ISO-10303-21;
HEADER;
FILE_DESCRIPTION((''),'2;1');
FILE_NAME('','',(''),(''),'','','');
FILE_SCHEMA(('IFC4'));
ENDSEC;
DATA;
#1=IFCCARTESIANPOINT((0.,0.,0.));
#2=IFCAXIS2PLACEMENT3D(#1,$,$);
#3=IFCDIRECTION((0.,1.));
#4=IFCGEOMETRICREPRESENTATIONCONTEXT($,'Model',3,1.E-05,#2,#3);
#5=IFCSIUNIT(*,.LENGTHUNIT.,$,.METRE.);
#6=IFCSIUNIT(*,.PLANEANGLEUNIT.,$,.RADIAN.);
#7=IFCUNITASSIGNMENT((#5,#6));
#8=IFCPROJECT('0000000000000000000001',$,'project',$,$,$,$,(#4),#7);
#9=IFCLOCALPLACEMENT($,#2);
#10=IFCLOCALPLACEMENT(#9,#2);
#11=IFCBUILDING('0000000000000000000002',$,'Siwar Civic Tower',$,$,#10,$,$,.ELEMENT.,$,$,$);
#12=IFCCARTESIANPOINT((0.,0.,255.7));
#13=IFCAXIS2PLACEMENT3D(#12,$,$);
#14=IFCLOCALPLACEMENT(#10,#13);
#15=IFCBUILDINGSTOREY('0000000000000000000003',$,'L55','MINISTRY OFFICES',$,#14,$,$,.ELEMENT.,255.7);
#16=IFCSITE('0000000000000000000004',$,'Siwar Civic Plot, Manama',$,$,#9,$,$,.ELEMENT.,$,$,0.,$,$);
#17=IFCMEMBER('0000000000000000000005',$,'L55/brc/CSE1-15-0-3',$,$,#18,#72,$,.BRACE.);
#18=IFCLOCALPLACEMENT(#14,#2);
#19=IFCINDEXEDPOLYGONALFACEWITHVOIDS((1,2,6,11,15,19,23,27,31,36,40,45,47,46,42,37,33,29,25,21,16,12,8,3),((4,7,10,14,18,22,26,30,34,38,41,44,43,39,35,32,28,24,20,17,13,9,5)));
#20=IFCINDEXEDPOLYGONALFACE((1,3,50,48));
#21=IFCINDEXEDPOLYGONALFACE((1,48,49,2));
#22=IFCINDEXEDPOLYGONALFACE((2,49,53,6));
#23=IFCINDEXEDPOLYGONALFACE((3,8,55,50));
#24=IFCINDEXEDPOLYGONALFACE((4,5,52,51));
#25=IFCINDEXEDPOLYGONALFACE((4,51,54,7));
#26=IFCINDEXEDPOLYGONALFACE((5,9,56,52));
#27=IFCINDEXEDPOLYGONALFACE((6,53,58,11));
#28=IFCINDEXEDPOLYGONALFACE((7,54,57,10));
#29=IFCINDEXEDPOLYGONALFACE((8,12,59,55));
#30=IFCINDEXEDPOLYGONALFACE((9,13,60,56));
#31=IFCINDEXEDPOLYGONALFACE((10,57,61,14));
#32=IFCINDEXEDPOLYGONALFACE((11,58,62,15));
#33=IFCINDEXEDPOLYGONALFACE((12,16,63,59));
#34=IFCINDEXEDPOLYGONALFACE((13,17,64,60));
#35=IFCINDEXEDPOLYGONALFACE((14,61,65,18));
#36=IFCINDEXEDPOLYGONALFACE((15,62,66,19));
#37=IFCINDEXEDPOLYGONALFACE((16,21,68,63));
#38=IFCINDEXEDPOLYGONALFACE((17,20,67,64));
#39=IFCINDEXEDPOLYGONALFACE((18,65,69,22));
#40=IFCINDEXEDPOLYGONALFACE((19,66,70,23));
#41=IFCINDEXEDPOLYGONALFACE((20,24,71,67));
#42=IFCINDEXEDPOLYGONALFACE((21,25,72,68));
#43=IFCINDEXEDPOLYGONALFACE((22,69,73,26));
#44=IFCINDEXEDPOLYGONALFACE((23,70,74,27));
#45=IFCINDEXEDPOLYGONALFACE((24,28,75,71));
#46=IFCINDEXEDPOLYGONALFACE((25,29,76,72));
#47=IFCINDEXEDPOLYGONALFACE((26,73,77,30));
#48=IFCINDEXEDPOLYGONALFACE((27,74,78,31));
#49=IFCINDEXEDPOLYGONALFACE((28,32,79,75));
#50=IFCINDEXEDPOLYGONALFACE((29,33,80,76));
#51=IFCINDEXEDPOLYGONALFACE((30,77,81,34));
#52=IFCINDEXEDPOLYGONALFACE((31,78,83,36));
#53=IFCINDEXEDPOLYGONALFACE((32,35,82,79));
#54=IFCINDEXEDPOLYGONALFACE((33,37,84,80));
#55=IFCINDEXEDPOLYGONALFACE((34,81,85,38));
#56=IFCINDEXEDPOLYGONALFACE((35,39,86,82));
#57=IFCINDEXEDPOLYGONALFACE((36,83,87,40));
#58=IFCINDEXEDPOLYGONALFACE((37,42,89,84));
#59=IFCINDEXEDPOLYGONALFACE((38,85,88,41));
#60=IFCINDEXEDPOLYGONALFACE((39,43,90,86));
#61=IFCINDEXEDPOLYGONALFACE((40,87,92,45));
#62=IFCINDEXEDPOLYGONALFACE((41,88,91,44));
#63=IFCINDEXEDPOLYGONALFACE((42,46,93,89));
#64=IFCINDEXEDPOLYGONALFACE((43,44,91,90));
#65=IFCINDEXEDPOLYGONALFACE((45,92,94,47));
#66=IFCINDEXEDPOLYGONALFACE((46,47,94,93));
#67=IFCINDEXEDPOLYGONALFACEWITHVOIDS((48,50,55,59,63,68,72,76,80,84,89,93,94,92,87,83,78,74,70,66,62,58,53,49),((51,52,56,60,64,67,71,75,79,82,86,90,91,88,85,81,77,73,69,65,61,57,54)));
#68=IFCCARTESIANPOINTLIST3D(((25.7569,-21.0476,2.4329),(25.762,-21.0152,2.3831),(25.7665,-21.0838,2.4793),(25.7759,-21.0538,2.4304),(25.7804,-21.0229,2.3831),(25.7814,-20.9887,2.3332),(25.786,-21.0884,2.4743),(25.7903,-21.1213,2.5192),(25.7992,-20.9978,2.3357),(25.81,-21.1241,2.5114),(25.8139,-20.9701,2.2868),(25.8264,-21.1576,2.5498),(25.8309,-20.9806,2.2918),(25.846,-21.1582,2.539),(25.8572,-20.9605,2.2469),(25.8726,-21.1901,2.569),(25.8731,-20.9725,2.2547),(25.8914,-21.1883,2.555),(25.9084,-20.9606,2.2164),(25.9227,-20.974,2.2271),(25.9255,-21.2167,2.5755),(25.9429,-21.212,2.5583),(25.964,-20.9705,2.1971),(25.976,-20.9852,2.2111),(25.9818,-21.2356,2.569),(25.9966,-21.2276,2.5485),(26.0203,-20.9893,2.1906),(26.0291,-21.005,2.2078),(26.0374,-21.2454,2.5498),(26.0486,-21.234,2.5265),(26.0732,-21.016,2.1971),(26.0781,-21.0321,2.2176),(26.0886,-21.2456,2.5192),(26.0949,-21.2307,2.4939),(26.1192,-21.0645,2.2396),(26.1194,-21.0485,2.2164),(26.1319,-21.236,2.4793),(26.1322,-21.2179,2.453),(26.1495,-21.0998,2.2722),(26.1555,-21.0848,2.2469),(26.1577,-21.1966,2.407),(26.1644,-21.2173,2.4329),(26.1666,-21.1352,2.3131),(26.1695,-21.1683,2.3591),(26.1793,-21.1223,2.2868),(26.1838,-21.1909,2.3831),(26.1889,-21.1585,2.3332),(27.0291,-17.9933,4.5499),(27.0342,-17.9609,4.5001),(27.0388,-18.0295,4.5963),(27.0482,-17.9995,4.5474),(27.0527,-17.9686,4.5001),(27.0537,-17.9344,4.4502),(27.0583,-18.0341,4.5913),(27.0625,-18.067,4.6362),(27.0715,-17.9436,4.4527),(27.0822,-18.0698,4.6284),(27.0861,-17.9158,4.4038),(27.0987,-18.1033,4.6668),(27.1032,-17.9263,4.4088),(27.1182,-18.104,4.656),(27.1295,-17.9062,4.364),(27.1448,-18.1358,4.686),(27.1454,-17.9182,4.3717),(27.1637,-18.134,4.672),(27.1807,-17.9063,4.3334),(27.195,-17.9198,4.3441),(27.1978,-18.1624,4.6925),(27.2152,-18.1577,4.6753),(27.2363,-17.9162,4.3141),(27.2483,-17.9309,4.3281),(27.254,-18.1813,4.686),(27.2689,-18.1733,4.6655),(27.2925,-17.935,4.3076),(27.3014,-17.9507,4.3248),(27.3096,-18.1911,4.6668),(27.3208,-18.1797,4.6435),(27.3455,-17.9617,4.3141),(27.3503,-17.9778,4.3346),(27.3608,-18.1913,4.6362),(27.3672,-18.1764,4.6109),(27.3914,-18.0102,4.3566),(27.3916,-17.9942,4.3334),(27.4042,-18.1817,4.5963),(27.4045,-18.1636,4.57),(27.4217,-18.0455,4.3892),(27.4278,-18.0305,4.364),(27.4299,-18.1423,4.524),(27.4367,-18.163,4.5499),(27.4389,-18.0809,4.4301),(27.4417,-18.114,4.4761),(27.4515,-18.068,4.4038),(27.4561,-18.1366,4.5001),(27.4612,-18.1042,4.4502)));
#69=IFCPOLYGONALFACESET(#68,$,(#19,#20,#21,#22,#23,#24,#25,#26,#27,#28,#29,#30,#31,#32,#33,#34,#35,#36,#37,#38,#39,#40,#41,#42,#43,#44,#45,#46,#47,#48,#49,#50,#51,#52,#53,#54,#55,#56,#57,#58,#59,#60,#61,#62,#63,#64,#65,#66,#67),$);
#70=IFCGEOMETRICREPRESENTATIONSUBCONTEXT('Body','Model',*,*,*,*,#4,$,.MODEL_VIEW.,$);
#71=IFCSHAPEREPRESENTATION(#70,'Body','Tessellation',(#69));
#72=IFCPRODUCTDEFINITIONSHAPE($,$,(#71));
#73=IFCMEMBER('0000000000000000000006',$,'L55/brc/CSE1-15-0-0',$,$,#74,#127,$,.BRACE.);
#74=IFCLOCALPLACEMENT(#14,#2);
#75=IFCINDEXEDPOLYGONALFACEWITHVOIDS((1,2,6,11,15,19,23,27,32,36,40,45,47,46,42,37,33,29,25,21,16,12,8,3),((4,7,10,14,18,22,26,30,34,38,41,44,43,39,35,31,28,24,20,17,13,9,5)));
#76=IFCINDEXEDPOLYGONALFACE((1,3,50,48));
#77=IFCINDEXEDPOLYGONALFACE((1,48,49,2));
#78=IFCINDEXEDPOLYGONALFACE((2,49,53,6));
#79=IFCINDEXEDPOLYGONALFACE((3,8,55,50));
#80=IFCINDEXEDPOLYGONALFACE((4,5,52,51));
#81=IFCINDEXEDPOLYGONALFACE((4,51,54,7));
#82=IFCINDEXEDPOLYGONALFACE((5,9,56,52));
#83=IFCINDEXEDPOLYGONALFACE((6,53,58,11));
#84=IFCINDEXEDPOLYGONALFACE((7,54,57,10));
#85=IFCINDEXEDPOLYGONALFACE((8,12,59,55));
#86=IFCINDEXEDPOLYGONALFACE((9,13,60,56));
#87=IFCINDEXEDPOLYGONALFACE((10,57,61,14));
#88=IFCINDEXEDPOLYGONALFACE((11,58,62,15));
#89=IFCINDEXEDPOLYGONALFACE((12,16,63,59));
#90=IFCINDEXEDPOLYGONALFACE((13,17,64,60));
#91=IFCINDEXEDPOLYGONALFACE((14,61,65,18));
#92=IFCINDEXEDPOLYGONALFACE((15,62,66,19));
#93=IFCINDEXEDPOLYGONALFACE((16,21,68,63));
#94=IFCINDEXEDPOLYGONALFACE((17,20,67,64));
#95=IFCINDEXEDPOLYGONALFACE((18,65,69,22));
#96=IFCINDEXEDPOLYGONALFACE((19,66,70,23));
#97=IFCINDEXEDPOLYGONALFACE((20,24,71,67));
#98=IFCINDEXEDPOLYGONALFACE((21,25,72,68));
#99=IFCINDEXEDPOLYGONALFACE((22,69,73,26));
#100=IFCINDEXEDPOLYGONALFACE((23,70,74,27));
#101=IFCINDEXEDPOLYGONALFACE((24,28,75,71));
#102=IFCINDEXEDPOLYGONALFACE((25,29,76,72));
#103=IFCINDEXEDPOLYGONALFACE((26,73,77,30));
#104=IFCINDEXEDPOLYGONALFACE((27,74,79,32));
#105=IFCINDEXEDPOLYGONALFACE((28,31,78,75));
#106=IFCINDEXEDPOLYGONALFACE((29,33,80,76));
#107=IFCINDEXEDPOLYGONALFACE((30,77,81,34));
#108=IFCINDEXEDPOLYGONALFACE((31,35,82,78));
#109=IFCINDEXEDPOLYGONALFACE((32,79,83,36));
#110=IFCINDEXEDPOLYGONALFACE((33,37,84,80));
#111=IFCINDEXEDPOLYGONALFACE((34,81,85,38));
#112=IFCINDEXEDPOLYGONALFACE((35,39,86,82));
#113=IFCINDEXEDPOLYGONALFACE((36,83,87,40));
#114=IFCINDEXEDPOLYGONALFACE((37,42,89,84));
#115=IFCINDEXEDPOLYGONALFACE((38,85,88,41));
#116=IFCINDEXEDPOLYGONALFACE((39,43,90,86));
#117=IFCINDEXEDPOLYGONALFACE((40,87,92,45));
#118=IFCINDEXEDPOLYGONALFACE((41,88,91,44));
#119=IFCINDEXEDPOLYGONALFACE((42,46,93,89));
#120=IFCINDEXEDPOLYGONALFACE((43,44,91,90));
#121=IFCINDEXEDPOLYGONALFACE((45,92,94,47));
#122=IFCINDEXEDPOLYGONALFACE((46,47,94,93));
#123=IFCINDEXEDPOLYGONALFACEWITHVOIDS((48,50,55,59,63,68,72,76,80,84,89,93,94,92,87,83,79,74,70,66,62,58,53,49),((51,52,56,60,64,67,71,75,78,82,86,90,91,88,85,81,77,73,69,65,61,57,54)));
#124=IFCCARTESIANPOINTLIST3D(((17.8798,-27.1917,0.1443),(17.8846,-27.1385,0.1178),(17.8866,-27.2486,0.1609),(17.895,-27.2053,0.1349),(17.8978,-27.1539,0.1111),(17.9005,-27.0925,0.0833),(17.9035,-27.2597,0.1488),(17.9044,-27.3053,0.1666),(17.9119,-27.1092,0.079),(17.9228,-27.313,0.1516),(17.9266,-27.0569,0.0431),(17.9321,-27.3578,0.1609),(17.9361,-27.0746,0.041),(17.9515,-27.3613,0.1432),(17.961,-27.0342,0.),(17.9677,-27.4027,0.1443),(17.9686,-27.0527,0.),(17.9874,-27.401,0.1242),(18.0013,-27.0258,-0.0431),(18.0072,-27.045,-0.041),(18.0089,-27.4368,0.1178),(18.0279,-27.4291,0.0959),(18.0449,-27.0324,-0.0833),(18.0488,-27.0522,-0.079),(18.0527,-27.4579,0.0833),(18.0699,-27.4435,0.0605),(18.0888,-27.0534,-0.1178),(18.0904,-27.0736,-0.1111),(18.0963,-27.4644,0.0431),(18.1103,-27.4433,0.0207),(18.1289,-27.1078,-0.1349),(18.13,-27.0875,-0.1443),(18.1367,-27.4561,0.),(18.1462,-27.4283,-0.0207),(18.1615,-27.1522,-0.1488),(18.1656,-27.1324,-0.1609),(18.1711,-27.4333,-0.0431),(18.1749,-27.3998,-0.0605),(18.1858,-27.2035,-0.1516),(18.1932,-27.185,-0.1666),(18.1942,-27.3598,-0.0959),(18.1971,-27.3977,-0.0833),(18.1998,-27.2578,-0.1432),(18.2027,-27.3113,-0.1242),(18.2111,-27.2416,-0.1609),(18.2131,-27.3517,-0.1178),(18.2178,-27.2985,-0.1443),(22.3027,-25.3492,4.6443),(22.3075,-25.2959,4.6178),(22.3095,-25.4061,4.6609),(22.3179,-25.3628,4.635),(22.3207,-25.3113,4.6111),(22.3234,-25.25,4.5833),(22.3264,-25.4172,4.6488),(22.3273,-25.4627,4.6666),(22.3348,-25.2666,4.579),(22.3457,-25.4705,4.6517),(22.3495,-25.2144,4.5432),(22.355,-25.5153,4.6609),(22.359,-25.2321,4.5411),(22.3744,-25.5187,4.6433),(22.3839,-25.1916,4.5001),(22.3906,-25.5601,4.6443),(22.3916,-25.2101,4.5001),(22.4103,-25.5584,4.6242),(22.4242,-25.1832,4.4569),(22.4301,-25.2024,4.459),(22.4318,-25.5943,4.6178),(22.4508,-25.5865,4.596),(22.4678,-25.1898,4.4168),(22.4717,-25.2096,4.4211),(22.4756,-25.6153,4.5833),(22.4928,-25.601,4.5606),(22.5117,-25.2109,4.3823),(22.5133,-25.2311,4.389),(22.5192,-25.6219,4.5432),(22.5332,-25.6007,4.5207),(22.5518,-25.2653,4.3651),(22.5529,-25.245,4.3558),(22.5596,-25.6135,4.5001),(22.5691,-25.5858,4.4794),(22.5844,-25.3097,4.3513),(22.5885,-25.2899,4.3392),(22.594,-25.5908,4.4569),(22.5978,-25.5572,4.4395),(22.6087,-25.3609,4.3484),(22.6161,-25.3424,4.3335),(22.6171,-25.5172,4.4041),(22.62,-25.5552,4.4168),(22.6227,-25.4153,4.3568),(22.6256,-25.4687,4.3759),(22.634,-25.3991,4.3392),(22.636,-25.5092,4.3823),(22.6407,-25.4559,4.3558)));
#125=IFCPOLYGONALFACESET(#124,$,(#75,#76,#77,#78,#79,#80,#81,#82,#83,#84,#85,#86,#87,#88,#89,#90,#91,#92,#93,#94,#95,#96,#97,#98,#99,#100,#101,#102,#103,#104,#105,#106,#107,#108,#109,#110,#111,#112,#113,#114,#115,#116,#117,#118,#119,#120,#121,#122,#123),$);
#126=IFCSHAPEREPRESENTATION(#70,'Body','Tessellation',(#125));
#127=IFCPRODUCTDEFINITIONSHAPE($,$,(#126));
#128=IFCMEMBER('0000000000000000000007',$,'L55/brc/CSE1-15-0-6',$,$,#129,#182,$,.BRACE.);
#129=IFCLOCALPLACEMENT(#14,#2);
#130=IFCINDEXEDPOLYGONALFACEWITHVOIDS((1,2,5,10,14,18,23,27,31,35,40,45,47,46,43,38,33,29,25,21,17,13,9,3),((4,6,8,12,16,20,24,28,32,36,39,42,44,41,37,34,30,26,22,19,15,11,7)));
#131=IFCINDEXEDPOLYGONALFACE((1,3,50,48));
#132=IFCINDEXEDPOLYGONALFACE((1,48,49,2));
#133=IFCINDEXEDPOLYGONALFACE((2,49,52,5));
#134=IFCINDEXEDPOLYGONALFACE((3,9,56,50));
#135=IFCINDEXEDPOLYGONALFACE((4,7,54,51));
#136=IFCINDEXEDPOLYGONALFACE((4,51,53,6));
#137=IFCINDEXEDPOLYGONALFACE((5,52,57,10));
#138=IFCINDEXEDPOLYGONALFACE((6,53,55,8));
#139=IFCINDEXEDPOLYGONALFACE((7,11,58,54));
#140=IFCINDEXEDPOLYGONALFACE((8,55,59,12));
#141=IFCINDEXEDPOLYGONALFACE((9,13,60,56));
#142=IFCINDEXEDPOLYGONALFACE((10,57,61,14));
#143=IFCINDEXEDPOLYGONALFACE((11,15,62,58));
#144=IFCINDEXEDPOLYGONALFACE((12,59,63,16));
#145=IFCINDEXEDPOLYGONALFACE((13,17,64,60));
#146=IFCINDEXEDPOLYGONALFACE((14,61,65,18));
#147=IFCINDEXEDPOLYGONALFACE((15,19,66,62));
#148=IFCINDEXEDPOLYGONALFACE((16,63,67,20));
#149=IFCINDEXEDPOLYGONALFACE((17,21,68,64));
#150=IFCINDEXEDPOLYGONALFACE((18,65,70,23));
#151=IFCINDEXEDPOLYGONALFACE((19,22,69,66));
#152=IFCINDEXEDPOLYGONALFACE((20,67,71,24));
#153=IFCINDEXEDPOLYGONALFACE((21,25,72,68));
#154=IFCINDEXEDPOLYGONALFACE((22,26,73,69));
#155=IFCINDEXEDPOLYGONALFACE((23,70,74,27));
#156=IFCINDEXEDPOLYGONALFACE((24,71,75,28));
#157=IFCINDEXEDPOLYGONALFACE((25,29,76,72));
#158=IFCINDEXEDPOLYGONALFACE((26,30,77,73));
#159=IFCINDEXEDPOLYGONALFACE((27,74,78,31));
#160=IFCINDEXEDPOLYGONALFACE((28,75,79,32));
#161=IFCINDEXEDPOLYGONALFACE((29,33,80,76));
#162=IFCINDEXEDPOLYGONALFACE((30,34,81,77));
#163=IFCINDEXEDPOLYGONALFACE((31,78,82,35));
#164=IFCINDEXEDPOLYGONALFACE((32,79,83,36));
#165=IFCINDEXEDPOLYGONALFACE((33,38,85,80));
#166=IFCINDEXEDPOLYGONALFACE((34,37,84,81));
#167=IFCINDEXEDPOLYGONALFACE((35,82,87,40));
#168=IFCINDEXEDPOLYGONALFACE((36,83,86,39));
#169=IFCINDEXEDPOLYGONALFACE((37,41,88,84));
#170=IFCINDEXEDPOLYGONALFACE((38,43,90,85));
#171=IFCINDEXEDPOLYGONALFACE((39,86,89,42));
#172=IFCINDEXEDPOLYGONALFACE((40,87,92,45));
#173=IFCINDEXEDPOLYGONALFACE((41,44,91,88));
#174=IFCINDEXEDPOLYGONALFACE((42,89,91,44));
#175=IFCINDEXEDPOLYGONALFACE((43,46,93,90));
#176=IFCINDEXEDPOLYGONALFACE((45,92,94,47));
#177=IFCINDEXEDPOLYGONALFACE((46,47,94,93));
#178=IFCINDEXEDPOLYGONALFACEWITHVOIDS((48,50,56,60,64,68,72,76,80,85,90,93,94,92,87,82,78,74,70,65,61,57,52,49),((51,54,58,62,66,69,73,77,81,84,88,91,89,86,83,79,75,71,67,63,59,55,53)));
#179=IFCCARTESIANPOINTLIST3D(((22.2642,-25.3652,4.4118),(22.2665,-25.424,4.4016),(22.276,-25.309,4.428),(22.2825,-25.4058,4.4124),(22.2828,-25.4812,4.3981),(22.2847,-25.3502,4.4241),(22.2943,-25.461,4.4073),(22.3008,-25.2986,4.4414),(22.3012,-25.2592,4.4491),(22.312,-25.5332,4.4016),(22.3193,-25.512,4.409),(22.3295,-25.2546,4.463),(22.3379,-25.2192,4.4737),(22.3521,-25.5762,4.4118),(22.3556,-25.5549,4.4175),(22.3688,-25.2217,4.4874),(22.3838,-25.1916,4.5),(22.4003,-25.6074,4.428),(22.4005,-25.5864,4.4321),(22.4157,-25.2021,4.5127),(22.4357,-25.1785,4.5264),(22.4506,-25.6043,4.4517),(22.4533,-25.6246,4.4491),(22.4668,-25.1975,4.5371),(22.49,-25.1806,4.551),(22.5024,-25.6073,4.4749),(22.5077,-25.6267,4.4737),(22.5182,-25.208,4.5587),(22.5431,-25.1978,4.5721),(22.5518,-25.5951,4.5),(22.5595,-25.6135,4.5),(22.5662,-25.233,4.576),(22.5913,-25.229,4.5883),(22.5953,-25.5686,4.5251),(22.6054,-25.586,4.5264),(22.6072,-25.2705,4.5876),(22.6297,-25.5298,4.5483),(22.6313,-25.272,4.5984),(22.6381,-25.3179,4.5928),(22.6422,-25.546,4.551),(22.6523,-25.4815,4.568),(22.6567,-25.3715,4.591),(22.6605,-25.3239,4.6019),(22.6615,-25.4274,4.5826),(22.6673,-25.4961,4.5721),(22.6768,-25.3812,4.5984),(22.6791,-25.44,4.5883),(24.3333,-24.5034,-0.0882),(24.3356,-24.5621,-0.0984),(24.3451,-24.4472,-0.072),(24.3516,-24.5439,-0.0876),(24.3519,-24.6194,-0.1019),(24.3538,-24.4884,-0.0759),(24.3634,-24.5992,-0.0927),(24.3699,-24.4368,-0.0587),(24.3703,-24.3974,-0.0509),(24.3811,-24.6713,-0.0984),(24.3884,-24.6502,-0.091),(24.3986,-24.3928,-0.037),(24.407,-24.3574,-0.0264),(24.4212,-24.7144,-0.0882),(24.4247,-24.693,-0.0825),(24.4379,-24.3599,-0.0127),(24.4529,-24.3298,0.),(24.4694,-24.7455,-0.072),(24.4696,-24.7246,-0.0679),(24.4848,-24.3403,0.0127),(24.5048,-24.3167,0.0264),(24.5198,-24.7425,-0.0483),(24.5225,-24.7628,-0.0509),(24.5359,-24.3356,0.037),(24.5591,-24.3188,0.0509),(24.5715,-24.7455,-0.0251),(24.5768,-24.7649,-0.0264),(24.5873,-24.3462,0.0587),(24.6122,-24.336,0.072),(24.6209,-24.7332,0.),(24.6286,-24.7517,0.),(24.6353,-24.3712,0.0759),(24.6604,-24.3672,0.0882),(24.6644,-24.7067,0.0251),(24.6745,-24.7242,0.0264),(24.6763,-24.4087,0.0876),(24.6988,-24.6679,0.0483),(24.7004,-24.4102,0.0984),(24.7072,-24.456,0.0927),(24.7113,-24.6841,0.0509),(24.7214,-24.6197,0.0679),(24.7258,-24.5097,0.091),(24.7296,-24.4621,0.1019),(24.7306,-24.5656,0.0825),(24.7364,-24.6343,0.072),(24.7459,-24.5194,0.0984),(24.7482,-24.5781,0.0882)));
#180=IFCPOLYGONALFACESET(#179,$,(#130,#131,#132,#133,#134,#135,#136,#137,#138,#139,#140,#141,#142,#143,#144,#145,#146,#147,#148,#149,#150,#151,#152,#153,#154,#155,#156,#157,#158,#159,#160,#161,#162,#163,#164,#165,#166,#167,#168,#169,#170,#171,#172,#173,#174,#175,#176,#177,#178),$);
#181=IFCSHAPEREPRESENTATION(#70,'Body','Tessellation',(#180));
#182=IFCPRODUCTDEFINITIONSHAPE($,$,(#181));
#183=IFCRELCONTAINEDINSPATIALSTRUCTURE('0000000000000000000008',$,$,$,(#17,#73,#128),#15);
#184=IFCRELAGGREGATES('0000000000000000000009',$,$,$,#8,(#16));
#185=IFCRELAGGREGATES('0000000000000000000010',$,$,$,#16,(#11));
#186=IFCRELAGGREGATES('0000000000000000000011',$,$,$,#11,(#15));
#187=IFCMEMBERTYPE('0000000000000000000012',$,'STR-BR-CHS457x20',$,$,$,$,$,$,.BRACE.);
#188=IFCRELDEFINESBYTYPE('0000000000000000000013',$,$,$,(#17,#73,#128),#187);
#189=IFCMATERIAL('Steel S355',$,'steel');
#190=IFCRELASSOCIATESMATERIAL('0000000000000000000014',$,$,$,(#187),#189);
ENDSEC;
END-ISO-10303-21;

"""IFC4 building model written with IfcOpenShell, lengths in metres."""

from ifc_helpers import new_model, si_unit, direction, frame, origin, origin_2d, place, context, subcontext, project, spatial, hollow_circle, extrude, material, material_profile, profile_set, type_object, element, save


model = new_model("IFC4")

# Units and contexts
model_context = context("Model", 3, precision=1e-05, world=origin(), true_north=direction((0.0, 1.0)))
body_context = subcontext(model_context, "Body", "Model", "MODEL_VIEW")
ifc_project = project(units=[si_unit("LENGTHUNIT", "METRE"), si_unit("PLANEANGLEUNIT", "RADIAN")], contexts=[model_context])

# Site, building, storey
site_placement = place(None, origin())
site = spatial("IfcSite", under=ifc_project, at=site_placement, Name="Siwar Civic Plot, Manama", CompositionType="ELEMENT", RefElevation=0.0)
building_placement = place(site_placement, origin())
building = spatial("IfcBuilding", under=site, at=building_placement, Name="Siwar Civic Tower", CompositionType="ELEMENT")
storey_placement = place(building_placement, frame((0.0, 0.0, 255.7)))
storey = spatial("IfcBuildingStorey", under=building, at=storey_placement, Name="L55", Description="MINISTRY OFFICES", CompositionType="ELEMENT", Elevation=255.7)

# Members
ifc_material_1 = material(Name="Steel S355", Category="steel")
ifc_material_profile_1 = material_profile(ifc_material_1, hollow_circle(Radius=0.2285, WallThickness=0.02, at=origin_2d()), Name="CHS457x20")
ifc_profile_set_1 = profile_set([ifc_material_profile_1], Name="Steel S355")
member_type_1 = type_object("IfcMemberType", Name="STR-BR-CHS457x20", PredefinedType="BRACE", material=ifc_profile_set_1)
for number, where, z_axis, x_axis, name in (
    (1, (25.9729, -21.103, 2.3831), (0.323895, 0.777572, 0.538955), (-0.923116, 0.384521, 0.0), "L55/brc/CSE1-15-0-3"),
):
    element("IfcMember", number, at=place(storey_placement, frame(where, z_axis=z_axis, x_axis=x_axis)), inside=storey, type_object=member_type_1, Name=name, PredefinedType="BRACE", context=body_context, shape_type="SweptSolid", body=[
        extrude(hollow_circle(Radius=0.2285, WallThickness=0.02, at=origin_2d()), origin(), (0.0, 0.0, 1.0), 3.928),
    ])
member_1_placement = place(storey_placement, frame((18.0488, -27.2451, 0.0), z_axis=(0.672865, 0.280311, 0.684601), x_axis=(-0.384557, 0.923101, 0.0)))
element("IfcMember", 2, at=member_1_placement, inside=storey, type_object=member_type_1, Name="L55/brc/CSE1-15-0-0", PredefinedType="BRACE", context=body_context, shape_type="SweptSolid", body=[
    extrude(hollow_circle(Radius=0.2285, WallThickness=0.02, at=origin_2d()), origin(), (0.0, 0.0, 1.0), 6.5732),
])
member_2_placement = place(storey_placement, frame((24.5408, -24.5408, 0.0), z_axis=(-0.41157, -0.171427, 0.895111), x_axis=(0.384499, -0.923125, 0.0)))
element("IfcMember", 3, at=member_2_placement, inside=storey, type_object=member_type_1, Name="L55/brc/CSE1-15-0-6", PredefinedType="BRACE", context=body_context, shape_type="SweptSolid", body=[
    extrude(hollow_circle(Radius=0.2285, WallThickness=0.02, at=origin_2d()), origin(), (0.0, 0.0, 1.0), 5.0273),
])

save(model, "model.ifc")
